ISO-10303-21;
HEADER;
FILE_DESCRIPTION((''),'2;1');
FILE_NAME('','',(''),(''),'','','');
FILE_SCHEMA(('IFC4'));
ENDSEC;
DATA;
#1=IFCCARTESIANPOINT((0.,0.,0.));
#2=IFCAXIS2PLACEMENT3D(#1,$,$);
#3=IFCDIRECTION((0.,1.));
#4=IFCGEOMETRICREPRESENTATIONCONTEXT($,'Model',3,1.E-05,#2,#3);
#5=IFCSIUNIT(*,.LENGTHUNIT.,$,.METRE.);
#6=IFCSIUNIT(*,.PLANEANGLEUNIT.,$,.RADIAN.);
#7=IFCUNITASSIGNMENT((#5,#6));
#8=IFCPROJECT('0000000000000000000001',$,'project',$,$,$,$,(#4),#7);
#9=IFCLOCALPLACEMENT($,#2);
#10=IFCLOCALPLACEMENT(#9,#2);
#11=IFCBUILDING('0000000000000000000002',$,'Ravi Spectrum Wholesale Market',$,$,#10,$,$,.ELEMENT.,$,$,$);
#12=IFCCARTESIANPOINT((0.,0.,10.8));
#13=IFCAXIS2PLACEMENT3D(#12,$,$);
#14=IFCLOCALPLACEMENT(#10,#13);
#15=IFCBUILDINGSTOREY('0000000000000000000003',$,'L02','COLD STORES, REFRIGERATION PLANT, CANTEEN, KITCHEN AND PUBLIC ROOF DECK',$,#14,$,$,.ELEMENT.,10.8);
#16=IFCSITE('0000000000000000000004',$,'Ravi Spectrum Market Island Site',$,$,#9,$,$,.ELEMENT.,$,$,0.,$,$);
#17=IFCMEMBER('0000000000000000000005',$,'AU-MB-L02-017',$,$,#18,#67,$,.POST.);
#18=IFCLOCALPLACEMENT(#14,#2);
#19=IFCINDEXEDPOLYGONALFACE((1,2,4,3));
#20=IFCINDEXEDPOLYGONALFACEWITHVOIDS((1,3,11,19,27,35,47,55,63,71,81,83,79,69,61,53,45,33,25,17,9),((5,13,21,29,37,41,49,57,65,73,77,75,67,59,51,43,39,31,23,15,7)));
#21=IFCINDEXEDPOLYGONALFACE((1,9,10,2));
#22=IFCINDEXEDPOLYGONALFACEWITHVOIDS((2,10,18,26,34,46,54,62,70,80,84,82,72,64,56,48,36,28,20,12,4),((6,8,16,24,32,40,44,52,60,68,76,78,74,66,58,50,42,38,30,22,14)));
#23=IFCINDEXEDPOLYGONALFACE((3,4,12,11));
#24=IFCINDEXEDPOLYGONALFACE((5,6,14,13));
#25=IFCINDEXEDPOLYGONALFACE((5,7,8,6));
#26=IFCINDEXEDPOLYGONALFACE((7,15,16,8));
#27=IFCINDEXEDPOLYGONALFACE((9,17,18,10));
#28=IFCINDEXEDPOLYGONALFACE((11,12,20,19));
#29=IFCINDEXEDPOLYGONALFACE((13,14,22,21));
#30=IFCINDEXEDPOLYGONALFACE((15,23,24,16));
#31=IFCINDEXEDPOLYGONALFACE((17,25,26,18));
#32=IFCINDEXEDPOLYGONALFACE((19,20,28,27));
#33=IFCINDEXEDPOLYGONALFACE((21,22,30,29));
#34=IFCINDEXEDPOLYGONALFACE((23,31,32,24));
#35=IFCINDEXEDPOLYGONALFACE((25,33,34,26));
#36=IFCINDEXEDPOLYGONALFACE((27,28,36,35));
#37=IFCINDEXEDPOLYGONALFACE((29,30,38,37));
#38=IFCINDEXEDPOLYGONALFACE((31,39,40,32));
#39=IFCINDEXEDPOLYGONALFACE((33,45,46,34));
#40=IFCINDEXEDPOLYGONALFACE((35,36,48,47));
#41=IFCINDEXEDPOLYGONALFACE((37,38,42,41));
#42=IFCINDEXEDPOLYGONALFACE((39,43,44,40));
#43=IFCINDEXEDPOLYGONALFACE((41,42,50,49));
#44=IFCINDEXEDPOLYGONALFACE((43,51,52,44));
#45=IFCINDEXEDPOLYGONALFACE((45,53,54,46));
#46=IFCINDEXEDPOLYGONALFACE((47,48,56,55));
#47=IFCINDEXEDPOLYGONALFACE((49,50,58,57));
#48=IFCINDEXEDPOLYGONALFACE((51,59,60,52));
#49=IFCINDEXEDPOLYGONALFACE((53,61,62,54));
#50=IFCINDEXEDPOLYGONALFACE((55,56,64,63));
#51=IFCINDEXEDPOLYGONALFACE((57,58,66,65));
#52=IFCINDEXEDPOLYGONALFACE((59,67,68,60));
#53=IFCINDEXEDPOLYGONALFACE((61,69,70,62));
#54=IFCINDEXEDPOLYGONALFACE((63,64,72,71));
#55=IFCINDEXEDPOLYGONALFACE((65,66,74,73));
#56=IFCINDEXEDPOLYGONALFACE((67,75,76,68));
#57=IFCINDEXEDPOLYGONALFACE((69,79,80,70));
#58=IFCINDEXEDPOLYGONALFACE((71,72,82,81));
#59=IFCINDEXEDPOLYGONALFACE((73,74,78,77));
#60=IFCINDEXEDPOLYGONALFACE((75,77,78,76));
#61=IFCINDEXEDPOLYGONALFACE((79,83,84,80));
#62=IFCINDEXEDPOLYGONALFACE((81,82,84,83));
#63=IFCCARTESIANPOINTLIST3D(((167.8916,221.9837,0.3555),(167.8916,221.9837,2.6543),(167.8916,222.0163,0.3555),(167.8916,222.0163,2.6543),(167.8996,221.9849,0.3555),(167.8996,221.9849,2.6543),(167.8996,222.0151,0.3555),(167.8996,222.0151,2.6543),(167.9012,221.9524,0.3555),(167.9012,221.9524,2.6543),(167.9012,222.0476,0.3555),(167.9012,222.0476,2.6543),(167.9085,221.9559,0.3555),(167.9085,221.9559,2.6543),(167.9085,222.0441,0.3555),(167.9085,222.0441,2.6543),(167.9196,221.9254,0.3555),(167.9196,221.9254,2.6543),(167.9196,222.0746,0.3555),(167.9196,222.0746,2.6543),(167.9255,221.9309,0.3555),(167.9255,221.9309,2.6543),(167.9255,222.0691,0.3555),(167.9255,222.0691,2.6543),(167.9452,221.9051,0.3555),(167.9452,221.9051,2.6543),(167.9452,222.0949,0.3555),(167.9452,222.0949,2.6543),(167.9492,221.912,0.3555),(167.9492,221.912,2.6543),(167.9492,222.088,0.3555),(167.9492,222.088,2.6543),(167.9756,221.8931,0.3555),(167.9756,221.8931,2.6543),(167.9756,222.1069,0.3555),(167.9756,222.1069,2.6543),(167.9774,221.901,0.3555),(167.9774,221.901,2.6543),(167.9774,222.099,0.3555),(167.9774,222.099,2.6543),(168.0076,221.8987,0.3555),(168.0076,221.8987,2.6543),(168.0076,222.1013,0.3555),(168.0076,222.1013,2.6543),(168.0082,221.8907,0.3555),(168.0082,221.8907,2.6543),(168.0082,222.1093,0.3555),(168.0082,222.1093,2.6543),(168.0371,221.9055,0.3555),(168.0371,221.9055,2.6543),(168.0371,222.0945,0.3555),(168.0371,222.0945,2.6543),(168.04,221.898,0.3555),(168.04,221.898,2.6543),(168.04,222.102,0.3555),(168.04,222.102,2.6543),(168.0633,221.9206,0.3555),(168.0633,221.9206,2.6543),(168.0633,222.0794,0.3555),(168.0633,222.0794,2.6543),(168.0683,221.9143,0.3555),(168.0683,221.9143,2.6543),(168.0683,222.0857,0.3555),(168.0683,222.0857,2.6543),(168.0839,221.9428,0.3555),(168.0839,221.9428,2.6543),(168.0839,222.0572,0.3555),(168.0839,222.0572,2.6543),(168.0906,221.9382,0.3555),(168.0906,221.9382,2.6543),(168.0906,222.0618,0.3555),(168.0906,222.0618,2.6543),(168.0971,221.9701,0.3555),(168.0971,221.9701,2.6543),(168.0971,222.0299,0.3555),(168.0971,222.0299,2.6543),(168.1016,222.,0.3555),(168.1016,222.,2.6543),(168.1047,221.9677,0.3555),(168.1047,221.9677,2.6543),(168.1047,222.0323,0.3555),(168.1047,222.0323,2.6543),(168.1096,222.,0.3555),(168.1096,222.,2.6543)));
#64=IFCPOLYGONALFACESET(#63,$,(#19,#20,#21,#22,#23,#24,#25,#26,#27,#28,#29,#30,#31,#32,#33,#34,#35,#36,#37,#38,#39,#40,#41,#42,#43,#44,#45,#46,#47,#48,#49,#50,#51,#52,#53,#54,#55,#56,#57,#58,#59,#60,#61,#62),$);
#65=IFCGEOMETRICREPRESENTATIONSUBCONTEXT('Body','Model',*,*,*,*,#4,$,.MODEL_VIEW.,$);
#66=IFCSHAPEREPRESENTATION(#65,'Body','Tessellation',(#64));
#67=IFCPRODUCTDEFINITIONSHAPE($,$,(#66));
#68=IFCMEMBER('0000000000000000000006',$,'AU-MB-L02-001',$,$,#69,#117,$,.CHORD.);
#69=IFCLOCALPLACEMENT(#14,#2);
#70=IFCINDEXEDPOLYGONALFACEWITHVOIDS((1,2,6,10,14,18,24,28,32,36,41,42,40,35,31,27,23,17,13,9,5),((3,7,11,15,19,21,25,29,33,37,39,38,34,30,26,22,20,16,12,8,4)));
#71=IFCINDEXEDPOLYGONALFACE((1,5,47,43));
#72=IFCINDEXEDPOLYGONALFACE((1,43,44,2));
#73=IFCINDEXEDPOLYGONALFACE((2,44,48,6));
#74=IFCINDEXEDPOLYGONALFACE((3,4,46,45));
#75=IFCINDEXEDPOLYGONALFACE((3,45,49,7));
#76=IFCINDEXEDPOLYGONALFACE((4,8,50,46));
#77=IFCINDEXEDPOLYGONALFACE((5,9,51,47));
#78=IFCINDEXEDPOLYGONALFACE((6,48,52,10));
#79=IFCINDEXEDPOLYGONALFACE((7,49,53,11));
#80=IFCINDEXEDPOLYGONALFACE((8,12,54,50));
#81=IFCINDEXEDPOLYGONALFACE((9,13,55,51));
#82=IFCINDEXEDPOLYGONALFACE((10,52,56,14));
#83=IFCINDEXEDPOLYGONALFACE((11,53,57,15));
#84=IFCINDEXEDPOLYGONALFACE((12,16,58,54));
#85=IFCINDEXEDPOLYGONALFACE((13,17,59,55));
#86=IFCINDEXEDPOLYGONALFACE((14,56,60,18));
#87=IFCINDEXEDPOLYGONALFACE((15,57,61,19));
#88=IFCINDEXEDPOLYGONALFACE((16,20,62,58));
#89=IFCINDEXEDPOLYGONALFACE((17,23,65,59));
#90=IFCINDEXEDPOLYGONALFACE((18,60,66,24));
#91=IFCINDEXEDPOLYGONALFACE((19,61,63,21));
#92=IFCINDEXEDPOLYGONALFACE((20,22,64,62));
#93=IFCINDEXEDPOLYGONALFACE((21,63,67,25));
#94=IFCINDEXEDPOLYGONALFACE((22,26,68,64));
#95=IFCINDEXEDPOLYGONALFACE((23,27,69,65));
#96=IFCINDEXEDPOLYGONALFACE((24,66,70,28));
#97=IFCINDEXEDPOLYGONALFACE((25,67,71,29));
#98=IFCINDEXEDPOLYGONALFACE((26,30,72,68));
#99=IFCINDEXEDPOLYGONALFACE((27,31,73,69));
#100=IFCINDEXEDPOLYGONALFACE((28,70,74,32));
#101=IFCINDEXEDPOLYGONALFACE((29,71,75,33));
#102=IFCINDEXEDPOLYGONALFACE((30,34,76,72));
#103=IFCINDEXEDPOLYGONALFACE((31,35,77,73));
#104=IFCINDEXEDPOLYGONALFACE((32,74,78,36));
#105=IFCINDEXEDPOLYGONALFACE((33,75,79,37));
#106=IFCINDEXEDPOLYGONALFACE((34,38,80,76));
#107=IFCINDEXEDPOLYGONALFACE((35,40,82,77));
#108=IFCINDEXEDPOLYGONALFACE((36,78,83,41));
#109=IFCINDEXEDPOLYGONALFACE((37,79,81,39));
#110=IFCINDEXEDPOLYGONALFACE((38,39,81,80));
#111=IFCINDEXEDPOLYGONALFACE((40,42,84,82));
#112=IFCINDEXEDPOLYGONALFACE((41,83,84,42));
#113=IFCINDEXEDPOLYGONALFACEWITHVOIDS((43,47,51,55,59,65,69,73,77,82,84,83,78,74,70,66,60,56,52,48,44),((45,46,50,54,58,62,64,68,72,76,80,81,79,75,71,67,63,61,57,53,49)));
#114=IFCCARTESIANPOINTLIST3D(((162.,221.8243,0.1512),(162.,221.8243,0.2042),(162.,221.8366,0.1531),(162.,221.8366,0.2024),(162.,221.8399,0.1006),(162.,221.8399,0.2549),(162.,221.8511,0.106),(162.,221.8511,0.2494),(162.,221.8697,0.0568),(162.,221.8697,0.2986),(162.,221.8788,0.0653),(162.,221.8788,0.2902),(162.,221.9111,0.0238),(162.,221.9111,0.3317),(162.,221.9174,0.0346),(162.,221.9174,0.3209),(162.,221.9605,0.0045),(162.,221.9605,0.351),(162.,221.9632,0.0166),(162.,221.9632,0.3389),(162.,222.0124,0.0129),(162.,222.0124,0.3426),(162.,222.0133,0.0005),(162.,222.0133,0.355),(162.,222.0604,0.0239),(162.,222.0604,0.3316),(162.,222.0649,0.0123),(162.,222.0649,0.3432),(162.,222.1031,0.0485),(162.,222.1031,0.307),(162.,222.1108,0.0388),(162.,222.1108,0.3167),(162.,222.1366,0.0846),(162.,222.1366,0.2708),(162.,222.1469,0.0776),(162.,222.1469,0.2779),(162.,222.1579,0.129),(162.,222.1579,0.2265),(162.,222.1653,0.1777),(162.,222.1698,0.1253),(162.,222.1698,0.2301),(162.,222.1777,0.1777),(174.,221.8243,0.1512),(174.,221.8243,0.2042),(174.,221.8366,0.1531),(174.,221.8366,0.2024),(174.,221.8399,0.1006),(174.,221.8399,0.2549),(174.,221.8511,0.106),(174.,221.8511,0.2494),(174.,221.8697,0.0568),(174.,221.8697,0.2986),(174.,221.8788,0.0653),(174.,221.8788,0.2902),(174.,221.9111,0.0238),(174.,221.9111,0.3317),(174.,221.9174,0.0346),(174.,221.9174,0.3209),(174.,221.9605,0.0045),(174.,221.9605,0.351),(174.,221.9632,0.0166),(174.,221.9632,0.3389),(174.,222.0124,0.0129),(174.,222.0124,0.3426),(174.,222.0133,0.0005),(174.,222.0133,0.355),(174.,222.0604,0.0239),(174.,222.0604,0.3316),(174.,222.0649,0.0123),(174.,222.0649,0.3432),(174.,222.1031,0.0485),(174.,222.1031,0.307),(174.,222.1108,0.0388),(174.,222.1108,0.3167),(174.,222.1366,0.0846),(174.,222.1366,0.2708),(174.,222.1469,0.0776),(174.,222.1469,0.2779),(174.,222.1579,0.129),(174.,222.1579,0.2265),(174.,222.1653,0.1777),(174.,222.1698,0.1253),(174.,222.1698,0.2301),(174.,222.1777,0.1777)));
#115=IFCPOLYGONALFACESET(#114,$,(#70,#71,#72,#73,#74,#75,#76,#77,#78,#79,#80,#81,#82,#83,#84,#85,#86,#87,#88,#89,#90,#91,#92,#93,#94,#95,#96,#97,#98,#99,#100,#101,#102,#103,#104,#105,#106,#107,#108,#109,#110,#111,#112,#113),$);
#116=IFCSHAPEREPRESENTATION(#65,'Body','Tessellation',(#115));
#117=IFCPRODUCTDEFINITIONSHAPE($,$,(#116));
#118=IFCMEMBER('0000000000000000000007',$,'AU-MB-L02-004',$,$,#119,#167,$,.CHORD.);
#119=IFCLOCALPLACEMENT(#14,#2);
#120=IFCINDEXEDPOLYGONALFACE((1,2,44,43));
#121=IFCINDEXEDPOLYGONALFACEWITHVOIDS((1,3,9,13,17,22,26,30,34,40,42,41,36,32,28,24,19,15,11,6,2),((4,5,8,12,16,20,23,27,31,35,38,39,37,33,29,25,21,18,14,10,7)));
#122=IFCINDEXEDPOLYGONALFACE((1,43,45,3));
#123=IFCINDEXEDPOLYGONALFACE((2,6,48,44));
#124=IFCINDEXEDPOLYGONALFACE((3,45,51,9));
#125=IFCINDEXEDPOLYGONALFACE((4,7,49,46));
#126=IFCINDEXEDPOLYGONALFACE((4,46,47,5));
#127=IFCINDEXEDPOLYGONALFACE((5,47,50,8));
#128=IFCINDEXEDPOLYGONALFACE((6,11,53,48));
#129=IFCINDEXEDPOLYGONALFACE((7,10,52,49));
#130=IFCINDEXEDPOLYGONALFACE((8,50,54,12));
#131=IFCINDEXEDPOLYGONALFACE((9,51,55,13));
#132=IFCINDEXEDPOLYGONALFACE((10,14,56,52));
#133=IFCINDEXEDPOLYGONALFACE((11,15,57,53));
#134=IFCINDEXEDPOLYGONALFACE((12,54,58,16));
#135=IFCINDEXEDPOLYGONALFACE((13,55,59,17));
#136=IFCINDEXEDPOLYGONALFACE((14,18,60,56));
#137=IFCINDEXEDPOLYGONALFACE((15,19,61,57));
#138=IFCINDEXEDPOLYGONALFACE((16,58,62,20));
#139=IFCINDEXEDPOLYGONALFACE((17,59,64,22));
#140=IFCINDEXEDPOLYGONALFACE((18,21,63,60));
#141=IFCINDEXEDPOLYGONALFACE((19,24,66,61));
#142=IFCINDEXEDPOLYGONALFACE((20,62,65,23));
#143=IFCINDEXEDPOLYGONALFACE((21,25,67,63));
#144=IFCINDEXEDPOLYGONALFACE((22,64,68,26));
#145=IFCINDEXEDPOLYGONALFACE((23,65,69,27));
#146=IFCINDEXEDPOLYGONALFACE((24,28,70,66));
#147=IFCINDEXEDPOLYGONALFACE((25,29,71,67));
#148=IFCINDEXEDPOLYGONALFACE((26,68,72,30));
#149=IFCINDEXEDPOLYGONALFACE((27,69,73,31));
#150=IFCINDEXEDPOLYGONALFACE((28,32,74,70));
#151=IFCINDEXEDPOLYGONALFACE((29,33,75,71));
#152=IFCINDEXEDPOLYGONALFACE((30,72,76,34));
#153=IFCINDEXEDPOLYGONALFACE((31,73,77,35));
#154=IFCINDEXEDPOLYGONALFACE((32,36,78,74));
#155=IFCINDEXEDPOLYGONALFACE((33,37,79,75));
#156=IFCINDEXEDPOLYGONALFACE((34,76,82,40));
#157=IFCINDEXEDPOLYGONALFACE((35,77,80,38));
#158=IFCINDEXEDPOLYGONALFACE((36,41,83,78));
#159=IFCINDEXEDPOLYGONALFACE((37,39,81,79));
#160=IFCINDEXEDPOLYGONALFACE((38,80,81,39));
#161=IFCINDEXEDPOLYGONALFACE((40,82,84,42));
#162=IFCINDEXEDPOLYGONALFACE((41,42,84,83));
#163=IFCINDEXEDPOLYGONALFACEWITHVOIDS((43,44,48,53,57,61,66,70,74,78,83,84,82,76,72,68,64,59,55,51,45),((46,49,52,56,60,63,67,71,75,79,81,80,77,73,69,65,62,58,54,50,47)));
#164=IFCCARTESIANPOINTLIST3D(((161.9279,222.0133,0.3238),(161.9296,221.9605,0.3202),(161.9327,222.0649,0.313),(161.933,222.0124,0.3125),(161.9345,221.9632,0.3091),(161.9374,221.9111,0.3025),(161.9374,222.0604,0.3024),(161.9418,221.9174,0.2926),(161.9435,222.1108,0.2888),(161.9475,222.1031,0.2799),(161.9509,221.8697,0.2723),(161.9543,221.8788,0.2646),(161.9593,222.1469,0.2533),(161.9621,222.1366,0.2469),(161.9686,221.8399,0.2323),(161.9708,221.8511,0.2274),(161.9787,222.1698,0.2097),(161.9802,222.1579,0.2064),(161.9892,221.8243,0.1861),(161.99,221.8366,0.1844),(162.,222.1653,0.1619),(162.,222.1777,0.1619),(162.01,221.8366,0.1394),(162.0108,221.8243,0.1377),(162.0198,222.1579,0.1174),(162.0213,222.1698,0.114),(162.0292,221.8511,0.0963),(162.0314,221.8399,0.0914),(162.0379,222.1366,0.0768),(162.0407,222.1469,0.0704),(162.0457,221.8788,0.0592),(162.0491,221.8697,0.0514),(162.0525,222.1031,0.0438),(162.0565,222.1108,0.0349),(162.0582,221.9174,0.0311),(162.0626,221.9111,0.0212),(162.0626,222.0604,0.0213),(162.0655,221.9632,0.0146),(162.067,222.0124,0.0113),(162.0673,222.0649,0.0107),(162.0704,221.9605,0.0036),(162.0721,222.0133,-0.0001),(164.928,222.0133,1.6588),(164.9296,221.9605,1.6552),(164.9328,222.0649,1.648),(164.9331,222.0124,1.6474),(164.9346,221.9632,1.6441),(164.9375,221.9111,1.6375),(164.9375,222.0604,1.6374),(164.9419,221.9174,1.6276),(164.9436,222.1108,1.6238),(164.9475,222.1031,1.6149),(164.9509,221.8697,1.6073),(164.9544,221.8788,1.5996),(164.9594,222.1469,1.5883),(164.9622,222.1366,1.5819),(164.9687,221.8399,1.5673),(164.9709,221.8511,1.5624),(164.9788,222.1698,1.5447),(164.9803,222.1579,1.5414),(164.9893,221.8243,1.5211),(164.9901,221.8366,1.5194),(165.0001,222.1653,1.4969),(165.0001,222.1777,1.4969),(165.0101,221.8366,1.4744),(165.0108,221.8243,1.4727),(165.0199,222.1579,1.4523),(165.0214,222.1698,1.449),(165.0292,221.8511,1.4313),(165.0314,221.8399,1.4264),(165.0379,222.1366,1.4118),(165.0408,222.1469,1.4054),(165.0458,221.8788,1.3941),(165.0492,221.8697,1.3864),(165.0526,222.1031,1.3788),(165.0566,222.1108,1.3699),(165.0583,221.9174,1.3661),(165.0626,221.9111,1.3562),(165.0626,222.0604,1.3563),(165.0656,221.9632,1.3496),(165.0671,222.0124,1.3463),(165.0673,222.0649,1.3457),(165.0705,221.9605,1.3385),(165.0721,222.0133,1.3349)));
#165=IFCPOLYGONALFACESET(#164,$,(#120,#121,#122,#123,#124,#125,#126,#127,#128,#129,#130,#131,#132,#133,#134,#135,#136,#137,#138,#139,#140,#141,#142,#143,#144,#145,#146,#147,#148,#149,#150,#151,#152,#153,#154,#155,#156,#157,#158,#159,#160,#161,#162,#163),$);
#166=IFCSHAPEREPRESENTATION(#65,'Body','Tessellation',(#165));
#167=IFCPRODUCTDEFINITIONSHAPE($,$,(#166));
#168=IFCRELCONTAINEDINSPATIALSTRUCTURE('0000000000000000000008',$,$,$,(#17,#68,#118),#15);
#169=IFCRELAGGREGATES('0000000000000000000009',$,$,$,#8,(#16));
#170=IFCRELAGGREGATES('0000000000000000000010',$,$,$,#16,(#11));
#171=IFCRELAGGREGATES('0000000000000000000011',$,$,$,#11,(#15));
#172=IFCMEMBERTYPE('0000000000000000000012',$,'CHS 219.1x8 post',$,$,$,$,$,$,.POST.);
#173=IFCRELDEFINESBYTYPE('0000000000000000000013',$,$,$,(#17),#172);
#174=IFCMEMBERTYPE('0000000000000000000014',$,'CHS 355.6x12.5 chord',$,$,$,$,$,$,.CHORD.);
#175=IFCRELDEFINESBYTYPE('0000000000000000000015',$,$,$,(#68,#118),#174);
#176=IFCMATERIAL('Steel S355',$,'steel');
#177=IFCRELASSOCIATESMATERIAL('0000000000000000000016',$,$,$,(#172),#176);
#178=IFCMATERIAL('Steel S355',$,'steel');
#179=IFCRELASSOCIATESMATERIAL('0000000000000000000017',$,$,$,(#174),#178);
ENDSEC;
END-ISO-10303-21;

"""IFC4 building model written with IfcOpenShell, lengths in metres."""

from ifc_helpers import new_model, si_unit, direction, frame, origin, origin_2d, place, context, subcontext, project, spatial, hollow_circle, extrude, material, material_profile, profile_set, type_object, element, save


model = new_model("IFC4")

# Units and contexts
model_context = context("Model", 3, precision=1e-05, world=origin(), true_north=direction((0.0, 1.0)))
body_context = subcontext(model_context, "Body", "Model", "MODEL_VIEW")
ifc_project = project(units=[si_unit("LENGTHUNIT", "METRE"), si_unit("PLANEANGLEUNIT", "RADIAN")], contexts=[model_context])

# Site, building, storey
site_placement = place(None, origin())
site = spatial("IfcSite", under=ifc_project, at=site_placement, Name="Ravi Spectrum Market Island Site", CompositionType="ELEMENT", RefElevation=0.0)
building_placement = place(site_placement, origin())
building = spatial("IfcBuilding", under=site, at=building_placement, Name="Ravi Spectrum Wholesale Market", CompositionType="ELEMENT")
storey_placement = place(building_placement, frame((0.0, 0.0, 10.8)))
storey = spatial("IfcBuildingStorey", under=building, at=storey_placement, Name="L02", Description="COLD STORES, REFRIGERATION PLANT, CANTEEN, KITCHEN AND PUBLIC ROOF DECK", CompositionType="ELEMENT", Elevation=10.8)

# Members
ifc_material_1 = material(Name="Steel S355", Category="steel")
ifc_material_profile_1 = material_profile(ifc_material_1, hollow_circle(Radius=0.1096, WallThickness=0.0081, at=origin_2d()))
ifc_profile_set_1 = profile_set([ifc_material_profile_1], Name="Steel S355")
member_type_1 = type_object("IfcMemberType", Name="CHS 219.1x8 post", PredefinedType="POST", material=ifc_profile_set_1)
member_1_placement = place(storey_placement, frame((168.0, 222.0, 0.3555), z_axis=(0.0, 0.0, 1.0), x_axis=(1.0, 0.0, 0.0)))
element("IfcMember", 1, at=member_1_placement, inside=storey, type_object=member_type_1, Name="AU-MB-L02-017", PredefinedType="POST", context=body_context, shape_type="SweptSolid", body=[
    extrude(hollow_circle(Radius=0.1096, WallThickness=0.0081, at=origin_2d()), origin(), (0.0, 0.0, 1.0), 2.2988),
])
ifc_material_2 = material(Name="Steel S355", Category="steel")
ifc_material_profile_2 = material_profile(ifc_material_2, hollow_circle(Radius=0.1777, WallThickness=0.0125, at=origin_2d()))
ifc_profile_set_2 = profile_set([ifc_material_profile_2], Name="Steel S355")
member_type_2 = type_object("IfcMemberType", Name="CHS 355.6x12.5 chord", PredefinedType="CHORD", material=ifc_profile_set_2)
member_2_placement = place(storey_placement, frame((162.0, 222.0, 0.1777), z_axis=(1.0, 0.0, 0.0), x_axis=(0.0, 1.0, 0.0)))
element("IfcMember", 2, at=member_2_placement, inside=storey, type_object=member_type_2, Name="AU-MB-L02-001", PredefinedType="CHORD", context=body_context, shape_type="SweptSolid", body=[
    extrude(hollow_circle(Radius=0.1777, WallThickness=0.0125, at=origin_2d()), origin(), (0.0, 0.0, 1.0), 12.0),
])
for number, where, z_axis, x_axis, name in (
    (3, (162.0, 222.0, 0.1619), (0.913627, 0.0, 0.406552), (0.0, 1.0, 0.0), "AU-MB-L02-004"),
):
    element("IfcMember", number, at=place(storey_placement, frame(where, z_axis=z_axis, x_axis=x_axis)), inside=storey, type_object=member_type_2, Name=name, PredefinedType="CHORD", context=body_context, shape_type="SweptSolid", body=[
        extrude(hollow_circle(Radius=0.1777, WallThickness=0.0125, at=origin_2d()), origin(), (0.0, 0.0, 1.0), 3.2837),
    ])

save(model, "model.ifc")
